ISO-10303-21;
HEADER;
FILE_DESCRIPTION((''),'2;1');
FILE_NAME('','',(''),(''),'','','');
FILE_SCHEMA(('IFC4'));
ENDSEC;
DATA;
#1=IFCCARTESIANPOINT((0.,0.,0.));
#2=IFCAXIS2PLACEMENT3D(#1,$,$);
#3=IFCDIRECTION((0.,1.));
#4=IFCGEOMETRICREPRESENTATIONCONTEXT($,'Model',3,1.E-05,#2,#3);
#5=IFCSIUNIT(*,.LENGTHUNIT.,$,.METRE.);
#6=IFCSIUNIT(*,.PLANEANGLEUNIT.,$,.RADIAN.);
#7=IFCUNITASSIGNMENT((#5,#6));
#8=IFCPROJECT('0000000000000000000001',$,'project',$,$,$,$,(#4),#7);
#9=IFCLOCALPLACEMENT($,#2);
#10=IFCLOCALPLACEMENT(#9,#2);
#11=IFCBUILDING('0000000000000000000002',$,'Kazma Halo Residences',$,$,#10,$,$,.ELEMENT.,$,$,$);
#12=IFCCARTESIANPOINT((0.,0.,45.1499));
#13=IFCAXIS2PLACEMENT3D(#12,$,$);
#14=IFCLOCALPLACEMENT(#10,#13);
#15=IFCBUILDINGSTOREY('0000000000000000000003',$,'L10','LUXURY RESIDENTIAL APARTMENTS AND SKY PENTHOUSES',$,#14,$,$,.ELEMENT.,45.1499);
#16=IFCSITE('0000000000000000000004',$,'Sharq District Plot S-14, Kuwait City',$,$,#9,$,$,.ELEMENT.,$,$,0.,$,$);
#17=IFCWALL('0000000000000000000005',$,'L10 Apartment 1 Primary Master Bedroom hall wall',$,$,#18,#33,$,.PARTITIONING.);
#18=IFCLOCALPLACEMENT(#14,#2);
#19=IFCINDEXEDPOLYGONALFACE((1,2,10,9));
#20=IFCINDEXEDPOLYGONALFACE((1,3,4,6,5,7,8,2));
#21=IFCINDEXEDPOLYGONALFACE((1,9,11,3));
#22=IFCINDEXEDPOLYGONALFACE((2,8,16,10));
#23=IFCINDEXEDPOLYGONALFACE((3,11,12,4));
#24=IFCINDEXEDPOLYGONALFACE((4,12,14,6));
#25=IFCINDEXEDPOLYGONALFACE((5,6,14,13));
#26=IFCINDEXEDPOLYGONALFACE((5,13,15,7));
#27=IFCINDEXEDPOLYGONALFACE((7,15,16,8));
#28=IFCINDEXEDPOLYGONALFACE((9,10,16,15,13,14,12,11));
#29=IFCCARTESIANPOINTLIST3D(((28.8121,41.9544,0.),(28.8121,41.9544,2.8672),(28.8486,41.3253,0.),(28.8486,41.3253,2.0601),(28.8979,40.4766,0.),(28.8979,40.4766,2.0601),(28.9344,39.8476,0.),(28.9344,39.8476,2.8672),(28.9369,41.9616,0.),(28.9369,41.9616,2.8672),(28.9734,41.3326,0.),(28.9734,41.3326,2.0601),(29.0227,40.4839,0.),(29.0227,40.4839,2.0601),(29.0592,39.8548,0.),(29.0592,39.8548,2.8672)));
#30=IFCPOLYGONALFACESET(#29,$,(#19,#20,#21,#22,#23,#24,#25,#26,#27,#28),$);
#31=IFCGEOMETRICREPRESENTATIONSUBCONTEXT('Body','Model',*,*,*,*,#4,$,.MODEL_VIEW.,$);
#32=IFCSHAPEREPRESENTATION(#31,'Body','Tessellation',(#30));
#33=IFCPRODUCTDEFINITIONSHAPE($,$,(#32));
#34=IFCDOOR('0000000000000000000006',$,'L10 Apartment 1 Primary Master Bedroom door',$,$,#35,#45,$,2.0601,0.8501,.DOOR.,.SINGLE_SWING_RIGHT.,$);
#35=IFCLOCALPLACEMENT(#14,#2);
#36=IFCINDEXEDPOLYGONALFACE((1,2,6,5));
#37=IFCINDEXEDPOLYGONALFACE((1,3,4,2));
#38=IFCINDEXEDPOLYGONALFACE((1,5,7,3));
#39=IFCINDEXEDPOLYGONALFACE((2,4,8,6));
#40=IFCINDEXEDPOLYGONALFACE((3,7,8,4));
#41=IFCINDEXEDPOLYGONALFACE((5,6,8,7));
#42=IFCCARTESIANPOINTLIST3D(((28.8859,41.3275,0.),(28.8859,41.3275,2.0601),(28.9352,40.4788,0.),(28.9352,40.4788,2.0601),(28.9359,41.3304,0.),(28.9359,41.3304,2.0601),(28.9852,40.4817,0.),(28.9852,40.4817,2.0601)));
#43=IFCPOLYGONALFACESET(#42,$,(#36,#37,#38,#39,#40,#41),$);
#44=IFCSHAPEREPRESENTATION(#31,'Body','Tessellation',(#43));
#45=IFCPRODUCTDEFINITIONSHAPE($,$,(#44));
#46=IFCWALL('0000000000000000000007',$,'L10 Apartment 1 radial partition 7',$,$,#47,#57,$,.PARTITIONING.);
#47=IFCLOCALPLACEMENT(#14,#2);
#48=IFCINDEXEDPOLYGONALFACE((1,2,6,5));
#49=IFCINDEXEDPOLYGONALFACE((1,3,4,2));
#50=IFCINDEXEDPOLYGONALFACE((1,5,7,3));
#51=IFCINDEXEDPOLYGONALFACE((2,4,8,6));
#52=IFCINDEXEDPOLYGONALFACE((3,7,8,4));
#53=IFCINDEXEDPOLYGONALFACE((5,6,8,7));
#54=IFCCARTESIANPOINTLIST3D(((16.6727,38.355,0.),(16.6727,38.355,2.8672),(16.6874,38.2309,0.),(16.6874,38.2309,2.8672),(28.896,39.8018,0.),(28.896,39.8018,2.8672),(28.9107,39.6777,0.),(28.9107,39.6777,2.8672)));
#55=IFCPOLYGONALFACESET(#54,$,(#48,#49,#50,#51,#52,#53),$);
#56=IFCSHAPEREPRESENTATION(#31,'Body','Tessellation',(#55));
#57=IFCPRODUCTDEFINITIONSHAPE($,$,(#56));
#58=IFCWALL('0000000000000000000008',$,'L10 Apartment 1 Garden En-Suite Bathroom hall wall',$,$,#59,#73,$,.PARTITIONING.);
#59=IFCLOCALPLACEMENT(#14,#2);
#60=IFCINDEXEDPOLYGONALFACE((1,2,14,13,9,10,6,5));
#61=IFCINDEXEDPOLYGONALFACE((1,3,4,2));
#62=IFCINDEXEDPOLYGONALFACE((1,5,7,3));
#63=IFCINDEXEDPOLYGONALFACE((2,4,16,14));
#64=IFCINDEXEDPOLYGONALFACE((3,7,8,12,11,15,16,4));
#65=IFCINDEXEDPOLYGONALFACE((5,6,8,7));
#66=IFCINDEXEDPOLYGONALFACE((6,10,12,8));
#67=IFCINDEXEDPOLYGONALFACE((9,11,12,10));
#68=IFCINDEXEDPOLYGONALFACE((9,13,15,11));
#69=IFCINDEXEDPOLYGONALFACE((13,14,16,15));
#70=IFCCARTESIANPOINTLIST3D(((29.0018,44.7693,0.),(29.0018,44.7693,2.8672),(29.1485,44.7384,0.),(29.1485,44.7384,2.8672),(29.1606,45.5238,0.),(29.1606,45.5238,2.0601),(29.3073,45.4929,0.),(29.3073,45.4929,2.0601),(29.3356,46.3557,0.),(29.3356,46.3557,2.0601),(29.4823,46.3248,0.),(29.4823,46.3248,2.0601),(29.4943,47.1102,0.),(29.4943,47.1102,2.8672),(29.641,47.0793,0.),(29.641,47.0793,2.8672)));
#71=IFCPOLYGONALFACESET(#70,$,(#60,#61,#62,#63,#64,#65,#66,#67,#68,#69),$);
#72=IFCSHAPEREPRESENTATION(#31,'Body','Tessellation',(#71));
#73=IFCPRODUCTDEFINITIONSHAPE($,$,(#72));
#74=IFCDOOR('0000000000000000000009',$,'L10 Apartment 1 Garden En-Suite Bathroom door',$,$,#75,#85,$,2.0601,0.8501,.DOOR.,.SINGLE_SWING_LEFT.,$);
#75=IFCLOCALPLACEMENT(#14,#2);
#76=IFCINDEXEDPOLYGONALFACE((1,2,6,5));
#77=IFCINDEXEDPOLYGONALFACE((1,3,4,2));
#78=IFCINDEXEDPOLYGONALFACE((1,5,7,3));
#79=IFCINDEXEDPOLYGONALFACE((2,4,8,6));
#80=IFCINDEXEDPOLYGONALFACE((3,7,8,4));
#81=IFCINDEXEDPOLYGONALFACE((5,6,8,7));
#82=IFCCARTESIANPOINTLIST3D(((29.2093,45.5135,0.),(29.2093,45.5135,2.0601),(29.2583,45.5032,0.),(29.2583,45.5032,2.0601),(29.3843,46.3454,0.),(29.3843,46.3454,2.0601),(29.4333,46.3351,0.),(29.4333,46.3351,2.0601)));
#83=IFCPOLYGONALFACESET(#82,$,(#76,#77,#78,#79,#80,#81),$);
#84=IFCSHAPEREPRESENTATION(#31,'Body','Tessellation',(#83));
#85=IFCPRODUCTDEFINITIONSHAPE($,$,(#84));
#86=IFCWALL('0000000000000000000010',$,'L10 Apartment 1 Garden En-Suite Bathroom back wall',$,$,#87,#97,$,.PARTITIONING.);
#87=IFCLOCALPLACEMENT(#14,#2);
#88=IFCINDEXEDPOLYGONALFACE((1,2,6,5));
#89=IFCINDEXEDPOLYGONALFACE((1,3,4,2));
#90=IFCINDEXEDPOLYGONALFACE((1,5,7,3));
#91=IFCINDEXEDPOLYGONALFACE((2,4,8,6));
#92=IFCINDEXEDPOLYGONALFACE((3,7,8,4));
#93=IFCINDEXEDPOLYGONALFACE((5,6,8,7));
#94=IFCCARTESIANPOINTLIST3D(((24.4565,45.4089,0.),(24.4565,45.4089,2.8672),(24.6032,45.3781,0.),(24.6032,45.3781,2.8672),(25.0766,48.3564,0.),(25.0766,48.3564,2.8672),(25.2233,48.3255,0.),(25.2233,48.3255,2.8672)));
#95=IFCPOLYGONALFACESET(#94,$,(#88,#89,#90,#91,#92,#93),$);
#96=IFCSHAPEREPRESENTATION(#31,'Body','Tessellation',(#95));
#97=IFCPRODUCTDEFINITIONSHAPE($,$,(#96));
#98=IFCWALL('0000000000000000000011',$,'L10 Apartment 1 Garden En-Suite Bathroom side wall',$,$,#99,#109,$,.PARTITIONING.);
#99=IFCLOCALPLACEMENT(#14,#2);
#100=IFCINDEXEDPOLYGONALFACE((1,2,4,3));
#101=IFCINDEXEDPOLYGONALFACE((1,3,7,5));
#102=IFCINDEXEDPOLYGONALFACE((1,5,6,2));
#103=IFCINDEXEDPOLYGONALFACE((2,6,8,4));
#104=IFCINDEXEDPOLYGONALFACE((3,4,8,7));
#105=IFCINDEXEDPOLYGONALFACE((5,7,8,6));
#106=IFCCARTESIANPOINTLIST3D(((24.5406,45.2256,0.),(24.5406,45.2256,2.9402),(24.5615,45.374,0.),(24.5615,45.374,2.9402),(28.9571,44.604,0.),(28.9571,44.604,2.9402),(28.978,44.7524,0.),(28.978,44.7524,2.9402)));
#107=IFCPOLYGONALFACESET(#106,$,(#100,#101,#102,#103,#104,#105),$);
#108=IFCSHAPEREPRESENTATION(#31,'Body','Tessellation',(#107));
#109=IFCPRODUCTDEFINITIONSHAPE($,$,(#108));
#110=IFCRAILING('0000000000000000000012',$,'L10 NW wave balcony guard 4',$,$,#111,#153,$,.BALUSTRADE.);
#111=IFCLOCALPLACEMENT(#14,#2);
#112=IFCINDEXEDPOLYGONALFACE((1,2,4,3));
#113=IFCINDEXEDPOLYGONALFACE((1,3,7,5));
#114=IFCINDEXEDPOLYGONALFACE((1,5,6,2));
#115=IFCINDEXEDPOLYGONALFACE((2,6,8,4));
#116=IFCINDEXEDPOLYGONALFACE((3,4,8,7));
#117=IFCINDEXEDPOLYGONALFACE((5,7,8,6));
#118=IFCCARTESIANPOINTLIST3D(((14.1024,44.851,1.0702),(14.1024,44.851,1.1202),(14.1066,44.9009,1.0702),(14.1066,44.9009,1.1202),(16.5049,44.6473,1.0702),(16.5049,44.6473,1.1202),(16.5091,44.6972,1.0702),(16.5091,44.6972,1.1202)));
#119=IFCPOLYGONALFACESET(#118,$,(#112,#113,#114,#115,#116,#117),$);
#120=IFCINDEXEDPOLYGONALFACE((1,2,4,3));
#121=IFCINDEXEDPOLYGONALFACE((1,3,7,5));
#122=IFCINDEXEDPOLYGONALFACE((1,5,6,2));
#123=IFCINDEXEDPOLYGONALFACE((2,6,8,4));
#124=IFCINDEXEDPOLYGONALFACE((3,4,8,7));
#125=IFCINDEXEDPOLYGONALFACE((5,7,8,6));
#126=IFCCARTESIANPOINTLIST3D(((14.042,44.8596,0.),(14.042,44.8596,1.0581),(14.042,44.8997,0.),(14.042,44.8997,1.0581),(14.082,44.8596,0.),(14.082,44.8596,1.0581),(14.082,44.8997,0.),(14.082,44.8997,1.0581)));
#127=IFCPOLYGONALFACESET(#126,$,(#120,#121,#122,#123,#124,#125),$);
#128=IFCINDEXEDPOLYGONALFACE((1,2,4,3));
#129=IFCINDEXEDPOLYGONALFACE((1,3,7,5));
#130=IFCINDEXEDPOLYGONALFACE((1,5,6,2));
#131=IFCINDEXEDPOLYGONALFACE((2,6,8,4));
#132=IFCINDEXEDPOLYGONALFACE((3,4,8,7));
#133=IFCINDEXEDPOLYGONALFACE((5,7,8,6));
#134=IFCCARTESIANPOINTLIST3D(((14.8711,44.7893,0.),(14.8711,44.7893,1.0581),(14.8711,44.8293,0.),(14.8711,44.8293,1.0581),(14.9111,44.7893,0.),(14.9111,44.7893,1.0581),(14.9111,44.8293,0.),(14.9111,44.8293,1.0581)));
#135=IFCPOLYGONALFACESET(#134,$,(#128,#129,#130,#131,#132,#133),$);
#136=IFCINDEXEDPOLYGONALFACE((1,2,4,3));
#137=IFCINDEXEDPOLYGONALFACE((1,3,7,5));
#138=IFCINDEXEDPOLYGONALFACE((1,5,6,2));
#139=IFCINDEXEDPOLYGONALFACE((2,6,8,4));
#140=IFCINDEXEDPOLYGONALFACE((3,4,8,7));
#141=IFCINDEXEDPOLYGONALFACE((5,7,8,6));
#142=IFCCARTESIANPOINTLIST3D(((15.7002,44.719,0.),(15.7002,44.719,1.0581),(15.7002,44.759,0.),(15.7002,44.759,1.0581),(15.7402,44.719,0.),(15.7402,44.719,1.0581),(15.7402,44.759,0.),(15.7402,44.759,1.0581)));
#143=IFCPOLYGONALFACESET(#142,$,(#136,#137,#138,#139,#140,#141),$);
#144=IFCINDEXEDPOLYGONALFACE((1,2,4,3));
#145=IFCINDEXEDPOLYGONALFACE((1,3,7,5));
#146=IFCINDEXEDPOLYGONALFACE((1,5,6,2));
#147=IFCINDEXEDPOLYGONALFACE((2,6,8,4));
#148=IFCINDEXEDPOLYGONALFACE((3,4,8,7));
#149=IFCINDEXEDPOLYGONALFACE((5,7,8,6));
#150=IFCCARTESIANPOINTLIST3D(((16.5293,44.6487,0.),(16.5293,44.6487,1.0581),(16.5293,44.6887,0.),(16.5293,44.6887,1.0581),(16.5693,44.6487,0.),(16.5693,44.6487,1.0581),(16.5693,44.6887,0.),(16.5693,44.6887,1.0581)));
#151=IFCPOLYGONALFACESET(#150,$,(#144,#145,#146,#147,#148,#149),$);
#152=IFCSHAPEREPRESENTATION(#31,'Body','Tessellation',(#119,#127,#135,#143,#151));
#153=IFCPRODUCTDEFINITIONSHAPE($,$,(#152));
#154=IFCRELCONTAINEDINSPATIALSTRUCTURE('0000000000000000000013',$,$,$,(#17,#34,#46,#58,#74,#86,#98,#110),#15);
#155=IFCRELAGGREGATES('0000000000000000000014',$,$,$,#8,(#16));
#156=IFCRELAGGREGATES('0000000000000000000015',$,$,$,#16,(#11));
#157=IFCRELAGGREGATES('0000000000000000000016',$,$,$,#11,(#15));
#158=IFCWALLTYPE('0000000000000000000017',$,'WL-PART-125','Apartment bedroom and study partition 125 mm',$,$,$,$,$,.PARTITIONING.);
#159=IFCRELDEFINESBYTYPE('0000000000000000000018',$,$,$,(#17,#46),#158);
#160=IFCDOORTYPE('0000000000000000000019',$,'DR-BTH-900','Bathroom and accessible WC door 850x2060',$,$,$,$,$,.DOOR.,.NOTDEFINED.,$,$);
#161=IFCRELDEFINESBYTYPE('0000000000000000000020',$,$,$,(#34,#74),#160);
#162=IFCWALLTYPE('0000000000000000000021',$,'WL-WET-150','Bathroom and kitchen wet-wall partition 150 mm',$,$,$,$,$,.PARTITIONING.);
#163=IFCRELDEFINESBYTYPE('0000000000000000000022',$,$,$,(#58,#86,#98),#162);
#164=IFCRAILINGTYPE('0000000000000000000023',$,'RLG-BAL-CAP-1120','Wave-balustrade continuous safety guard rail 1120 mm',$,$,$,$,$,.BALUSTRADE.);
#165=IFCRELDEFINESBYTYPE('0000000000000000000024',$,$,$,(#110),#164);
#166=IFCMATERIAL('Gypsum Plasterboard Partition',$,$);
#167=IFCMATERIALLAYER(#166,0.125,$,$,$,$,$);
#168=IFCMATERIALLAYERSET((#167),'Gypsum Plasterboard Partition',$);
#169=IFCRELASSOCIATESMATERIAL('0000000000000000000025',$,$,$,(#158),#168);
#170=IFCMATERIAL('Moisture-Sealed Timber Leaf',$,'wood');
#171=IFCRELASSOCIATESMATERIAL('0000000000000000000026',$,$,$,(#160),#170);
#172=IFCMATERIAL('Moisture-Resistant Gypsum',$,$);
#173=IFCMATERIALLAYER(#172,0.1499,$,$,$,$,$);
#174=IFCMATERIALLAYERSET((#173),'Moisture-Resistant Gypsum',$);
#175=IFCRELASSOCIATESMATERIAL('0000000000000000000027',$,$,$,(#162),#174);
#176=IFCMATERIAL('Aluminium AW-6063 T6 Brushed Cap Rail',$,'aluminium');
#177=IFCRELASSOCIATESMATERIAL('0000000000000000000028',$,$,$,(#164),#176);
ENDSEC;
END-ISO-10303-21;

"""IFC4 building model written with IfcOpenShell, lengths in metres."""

from ifc_helpers import new_model, si_unit, direction, frame, frame_2d, origin, origin_2d, place, context, subcontext, project, spatial, rectangle, extrude, material, layer, layer_set, type_object, element, fill, save


model = new_model("IFC4")

# Units and contexts
model_context = context("Model", 3, precision=1e-05, world=origin(), true_north=direction((0.0, 1.0)))
body_context = subcontext(model_context, "Body", "Model", "MODEL_VIEW")
ifc_project = project(units=[si_unit("LENGTHUNIT", "METRE"), si_unit("PLANEANGLEUNIT", "RADIAN")], contexts=[model_context])

# Site, building, storey
site_placement = place(None, origin())
site = spatial("IfcSite", under=ifc_project, at=site_placement, Name="Sharq District Plot S-14, Kuwait City", CompositionType="ELEMENT", RefElevation=0.0)
building_placement = place(site_placement, origin())
building = spatial("IfcBuilding", under=site, at=building_placement, Name="Kazma Halo Residences", CompositionType="ELEMENT")
storey_placement = place(building_placement, frame((0.0, 0.0, 45.1499)))
storey = spatial("IfcBuildingStorey", under=building, at=storey_placement, Name="L10", Description="LUXURY RESIDENTIAL APARTMENTS AND SKY PENTHOUSES", CompositionType="ELEMENT", Elevation=45.1499)

# Shared definitions
ifc_material_1 = material(Name="Gypsum Plasterboard Partition")
ifc_layer_1 = layer(ifc_material_1, 0.125)
ifc_layer_set_1 = layer_set([ifc_layer_1], Name="Gypsum Plasterboard Partition")
wall_type_1 = type_object("IfcWallType", Name="WL-PART-125", Description="Apartment bedroom and study partition 125 mm", PredefinedType="PARTITIONING", material=ifc_layer_set_1)

# Shared definitions
ifc_material_2 = material(Name="Moisture-Sealed Timber Leaf", Category="wood")
door_type = type_object("IfcDoorType", Name="DR-BTH-900", Description="Bathroom and accessible WC door 850x2060", OperationType="NOTDEFINED", PredefinedType="DOOR", material=ifc_material_2)

# Wall, opening, door
wall_1_placement = place(storey_placement, frame((28.8745, 41.958, 0.0), z_axis=(0.0, 0.0, 1.0), x_axis=(0.057962, -0.998319, 0.0)))
wall_1 = element("IfcWall", 1, at=wall_1_placement, inside=storey, type_object=wall_type_1, Name="L10 Apartment 1 Primary Master Bedroom hall wall", PredefinedType="PARTITIONING", context=body_context, shape_type="SweptSolid", body=[
    extrude(rectangle(XDim=2.1104, YDim=0.125, at=frame_2d((1.0552, 0.0))), origin(), (0.0, 0.0, 1.0), 2.8672),
])
opening_1_placement = place(wall_1_placement, frame((0.6301, 0.0, 0.0)))
opening_1 = element("IfcOpeningElement", 2, at=opening_1_placement, cuts=wall_1, PredefinedType="OPENING", context=body_context, shape_type="SweptSolid", body=[
    extrude(rectangle(XDim=0.8501, YDim=2.0601, at=frame_2d((0.425, 1.03))), frame((0.0, 0.0725, 0.0), z_axis=(0.0, -1.0, 0.0), x_axis=(1.0, 0.0, 0.0)), (0.0, 0.0, 1.0), 0.145),
])
door_1_placement = place(opening_1_placement, origin())
door_1 = element("IfcDoor", 3, at=door_1_placement, inside=storey, type_object=door_type, Name="L10 Apartment 1 Primary Master Bedroom door", OperationType="SINGLE_SWING_RIGHT", OverallHeight=2.0601, OverallWidth=0.8501, PredefinedType="DOOR", context=body_context, shape_type="SweptSolid", body=[
    extrude(rectangle(XDim=0.8501, YDim=2.0601, at=frame_2d((0.425, 1.03))), frame((0.0, 0.0249, 0.0), z_axis=(0.0, -1.0, 0.0), x_axis=(1.0, 0.0, 0.0)), (0.0, 0.0, 1.0), 0.05),
])
fill(opening_1, door_1)

# Wall
wall_2_placement = place(storey_placement, frame((28.9033, 39.7397, 0.0), z_axis=(0.0, 0.0, 1.0), x_axis=(-0.993068, -0.117541, 0.0)))
element("IfcWall", 4, at=wall_2_placement, inside=storey, type_object=wall_type_1, Name="L10 Apartment 1 radial partition 7", PredefinedType="PARTITIONING", context=body_context, shape_type="SweptSolid", body=[
    extrude(rectangle(XDim=12.3086, YDim=0.125, at=frame_2d((6.1543, 0.0))), origin(), (0.0, 0.0, 1.0), 2.8672),
])

# Wall, opening, door
ifc_material_3 = material(Name="Moisture-Resistant Gypsum")
ifc_layer_2 = layer(ifc_material_3, 0.1499)
ifc_layer_set_2 = layer_set([ifc_layer_2], Name="Moisture-Resistant Gypsum")
wall_type_2 = type_object("IfcWallType", Name="WL-WET-150", Description="Bathroom and kitchen wet-wall partition 150 mm", PredefinedType="PARTITIONING", material=ifc_layer_set_2)
wall_3_placement = place(storey_placement, frame((29.5676, 47.0947, 0.0), z_axis=(0.0, 0.0, 1.0), x_axis=(-0.205861, -0.978581, 0.0)))
wall_3 = element("IfcWall", 5, at=wall_3_placement, inside=storey, type_object=wall_type_2, Name="L10 Apartment 1 Garden En-Suite Bathroom hall wall", PredefinedType="PARTITIONING", context=body_context, shape_type="SweptSolid", body=[
    extrude(rectangle(XDim=2.3921, YDim=0.1499, at=frame_2d((1.196, 0.0))), origin(), (0.0, 0.0, 1.0), 2.8672),
])
opening_2_placement = place(wall_3_placement, frame((0.771, 0.0, 0.0)))
opening_2 = element("IfcOpeningElement", 6, at=opening_2_placement, cuts=wall_3, PredefinedType="OPENING", context=body_context, shape_type="SweptSolid", body=[
    extrude(rectangle(XDim=0.8501, YDim=2.0601, at=frame_2d((0.425, 1.03))), frame((0.0, 0.085, 0.0), z_axis=(0.0, -1.0, 0.0), x_axis=(1.0, 0.0, 0.0)), (0.0, 0.0, 1.0), 0.1699),
])
door_2_placement = place(opening_2_placement, origin())
door_2 = element("IfcDoor", 7, at=door_2_placement, inside=storey, type_object=door_type, Name="L10 Apartment 1 Garden En-Suite Bathroom door", OperationType="SINGLE_SWING_LEFT", OverallHeight=2.0601, OverallWidth=0.8501, PredefinedType="DOOR", context=body_context, shape_type="SweptSolid", body=[
    extrude(rectangle(XDim=0.8501, YDim=2.0601, at=frame_2d((0.425, 1.03))), frame((0.0, 0.0249, 0.0), z_axis=(0.0, -1.0, 0.0), x_axis=(1.0, 0.0, 0.0)), (0.0, 0.0, 1.0), 0.05),
])
fill(opening_2, door_2)

# Walls
wall_4_placement = place(storey_placement, frame((25.1499, 48.3408, 0.0), z_axis=(0.0, 0.0, 1.0), x_axis=(-0.20588, -0.978577, 0.0)))
element("IfcWall", 8, at=wall_4_placement, inside=storey, type_object=wall_type_2, Name="L10 Apartment 1 Garden En-Suite Bathroom back wall", PredefinedType="PARTITIONING", context=body_context, shape_type="SweptSolid", body=[
    extrude(rectangle(XDim=3.012, YDim=0.1499, at=frame_2d((1.5059, 0.0))), origin(), (0.0, 0.0, 1.0), 2.8672),
])
wall_5_placement = place(storey_placement, frame((28.9675, 44.6782, 0.0), z_axis=(0.0, 0.0, 1.0), x_axis=(-0.990241, 0.139367, 0.0)))
element("IfcWall", 9, at=wall_5_placement, inside=storey, type_object=wall_type_2, Name="L10 Apartment 1 Garden En-Suite Bathroom side wall", PredefinedType="PARTITIONING", context=body_context, shape_type="SweptSolid", body=[
    extrude(rectangle(XDim=4.46, YDim=0.1499, at=frame_2d((2.23, 0.0))), origin(), (0.0, 0.0, 1.0), 2.9402),
])

# Railing
ifc_material_4 = material(Name="Aluminium AW-6063 T6 Brushed Cap Rail", Category="aluminium")
railing_type = type_object("IfcRailingType", Name="RLG-BAL-CAP-1120", Description="Wave-balustrade continuous safety guard rail 1120 mm", PredefinedType="BALUSTRADE", material=ifc_material_4)
railing_placement = place(storey_placement, frame((14.062, 44.8796, 0.0)))
element("IfcRailing", 10, at=railing_placement, inside=storey, type_object=railing_type, Name="L10 NW wave balcony guard 4", PredefinedType="BALUSTRADE", context=body_context, shape_type="SweptSolid", body=[
    extrude(rectangle(XDim=0.05, YDim=0.05, at=origin_2d()), frame((0.0425, -0.0037, 1.0952), z_axis=(0.996423, -0.084502, 0.0), x_axis=(0.084502, 0.996423, 0.0)), (0.0, 0.0, 1.0), 2.4111),
    extrude(rectangle(XDim=0.04, YDim=0.04, at=origin_2d()), origin(), (0.0, 0.0, 1.0), 1.0581),
    extrude(rectangle(XDim=0.04, YDim=0.04, at=origin_2d()), frame((0.8291, -0.0703, 0.0)), (0.0, 0.0, 1.0), 1.0581),
    extrude(rectangle(XDim=0.04, YDim=0.04, at=origin_2d()), frame((1.6582, -0.1406, 0.0)), (0.0, 0.0, 1.0), 1.0581),
    extrude(rectangle(XDim=0.04, YDim=0.04, at=origin_2d()), frame((2.4873, -0.2109, 0.0)), (0.0, 0.0, 1.0), 1.0581),
])

save(model, "model.ifc")
